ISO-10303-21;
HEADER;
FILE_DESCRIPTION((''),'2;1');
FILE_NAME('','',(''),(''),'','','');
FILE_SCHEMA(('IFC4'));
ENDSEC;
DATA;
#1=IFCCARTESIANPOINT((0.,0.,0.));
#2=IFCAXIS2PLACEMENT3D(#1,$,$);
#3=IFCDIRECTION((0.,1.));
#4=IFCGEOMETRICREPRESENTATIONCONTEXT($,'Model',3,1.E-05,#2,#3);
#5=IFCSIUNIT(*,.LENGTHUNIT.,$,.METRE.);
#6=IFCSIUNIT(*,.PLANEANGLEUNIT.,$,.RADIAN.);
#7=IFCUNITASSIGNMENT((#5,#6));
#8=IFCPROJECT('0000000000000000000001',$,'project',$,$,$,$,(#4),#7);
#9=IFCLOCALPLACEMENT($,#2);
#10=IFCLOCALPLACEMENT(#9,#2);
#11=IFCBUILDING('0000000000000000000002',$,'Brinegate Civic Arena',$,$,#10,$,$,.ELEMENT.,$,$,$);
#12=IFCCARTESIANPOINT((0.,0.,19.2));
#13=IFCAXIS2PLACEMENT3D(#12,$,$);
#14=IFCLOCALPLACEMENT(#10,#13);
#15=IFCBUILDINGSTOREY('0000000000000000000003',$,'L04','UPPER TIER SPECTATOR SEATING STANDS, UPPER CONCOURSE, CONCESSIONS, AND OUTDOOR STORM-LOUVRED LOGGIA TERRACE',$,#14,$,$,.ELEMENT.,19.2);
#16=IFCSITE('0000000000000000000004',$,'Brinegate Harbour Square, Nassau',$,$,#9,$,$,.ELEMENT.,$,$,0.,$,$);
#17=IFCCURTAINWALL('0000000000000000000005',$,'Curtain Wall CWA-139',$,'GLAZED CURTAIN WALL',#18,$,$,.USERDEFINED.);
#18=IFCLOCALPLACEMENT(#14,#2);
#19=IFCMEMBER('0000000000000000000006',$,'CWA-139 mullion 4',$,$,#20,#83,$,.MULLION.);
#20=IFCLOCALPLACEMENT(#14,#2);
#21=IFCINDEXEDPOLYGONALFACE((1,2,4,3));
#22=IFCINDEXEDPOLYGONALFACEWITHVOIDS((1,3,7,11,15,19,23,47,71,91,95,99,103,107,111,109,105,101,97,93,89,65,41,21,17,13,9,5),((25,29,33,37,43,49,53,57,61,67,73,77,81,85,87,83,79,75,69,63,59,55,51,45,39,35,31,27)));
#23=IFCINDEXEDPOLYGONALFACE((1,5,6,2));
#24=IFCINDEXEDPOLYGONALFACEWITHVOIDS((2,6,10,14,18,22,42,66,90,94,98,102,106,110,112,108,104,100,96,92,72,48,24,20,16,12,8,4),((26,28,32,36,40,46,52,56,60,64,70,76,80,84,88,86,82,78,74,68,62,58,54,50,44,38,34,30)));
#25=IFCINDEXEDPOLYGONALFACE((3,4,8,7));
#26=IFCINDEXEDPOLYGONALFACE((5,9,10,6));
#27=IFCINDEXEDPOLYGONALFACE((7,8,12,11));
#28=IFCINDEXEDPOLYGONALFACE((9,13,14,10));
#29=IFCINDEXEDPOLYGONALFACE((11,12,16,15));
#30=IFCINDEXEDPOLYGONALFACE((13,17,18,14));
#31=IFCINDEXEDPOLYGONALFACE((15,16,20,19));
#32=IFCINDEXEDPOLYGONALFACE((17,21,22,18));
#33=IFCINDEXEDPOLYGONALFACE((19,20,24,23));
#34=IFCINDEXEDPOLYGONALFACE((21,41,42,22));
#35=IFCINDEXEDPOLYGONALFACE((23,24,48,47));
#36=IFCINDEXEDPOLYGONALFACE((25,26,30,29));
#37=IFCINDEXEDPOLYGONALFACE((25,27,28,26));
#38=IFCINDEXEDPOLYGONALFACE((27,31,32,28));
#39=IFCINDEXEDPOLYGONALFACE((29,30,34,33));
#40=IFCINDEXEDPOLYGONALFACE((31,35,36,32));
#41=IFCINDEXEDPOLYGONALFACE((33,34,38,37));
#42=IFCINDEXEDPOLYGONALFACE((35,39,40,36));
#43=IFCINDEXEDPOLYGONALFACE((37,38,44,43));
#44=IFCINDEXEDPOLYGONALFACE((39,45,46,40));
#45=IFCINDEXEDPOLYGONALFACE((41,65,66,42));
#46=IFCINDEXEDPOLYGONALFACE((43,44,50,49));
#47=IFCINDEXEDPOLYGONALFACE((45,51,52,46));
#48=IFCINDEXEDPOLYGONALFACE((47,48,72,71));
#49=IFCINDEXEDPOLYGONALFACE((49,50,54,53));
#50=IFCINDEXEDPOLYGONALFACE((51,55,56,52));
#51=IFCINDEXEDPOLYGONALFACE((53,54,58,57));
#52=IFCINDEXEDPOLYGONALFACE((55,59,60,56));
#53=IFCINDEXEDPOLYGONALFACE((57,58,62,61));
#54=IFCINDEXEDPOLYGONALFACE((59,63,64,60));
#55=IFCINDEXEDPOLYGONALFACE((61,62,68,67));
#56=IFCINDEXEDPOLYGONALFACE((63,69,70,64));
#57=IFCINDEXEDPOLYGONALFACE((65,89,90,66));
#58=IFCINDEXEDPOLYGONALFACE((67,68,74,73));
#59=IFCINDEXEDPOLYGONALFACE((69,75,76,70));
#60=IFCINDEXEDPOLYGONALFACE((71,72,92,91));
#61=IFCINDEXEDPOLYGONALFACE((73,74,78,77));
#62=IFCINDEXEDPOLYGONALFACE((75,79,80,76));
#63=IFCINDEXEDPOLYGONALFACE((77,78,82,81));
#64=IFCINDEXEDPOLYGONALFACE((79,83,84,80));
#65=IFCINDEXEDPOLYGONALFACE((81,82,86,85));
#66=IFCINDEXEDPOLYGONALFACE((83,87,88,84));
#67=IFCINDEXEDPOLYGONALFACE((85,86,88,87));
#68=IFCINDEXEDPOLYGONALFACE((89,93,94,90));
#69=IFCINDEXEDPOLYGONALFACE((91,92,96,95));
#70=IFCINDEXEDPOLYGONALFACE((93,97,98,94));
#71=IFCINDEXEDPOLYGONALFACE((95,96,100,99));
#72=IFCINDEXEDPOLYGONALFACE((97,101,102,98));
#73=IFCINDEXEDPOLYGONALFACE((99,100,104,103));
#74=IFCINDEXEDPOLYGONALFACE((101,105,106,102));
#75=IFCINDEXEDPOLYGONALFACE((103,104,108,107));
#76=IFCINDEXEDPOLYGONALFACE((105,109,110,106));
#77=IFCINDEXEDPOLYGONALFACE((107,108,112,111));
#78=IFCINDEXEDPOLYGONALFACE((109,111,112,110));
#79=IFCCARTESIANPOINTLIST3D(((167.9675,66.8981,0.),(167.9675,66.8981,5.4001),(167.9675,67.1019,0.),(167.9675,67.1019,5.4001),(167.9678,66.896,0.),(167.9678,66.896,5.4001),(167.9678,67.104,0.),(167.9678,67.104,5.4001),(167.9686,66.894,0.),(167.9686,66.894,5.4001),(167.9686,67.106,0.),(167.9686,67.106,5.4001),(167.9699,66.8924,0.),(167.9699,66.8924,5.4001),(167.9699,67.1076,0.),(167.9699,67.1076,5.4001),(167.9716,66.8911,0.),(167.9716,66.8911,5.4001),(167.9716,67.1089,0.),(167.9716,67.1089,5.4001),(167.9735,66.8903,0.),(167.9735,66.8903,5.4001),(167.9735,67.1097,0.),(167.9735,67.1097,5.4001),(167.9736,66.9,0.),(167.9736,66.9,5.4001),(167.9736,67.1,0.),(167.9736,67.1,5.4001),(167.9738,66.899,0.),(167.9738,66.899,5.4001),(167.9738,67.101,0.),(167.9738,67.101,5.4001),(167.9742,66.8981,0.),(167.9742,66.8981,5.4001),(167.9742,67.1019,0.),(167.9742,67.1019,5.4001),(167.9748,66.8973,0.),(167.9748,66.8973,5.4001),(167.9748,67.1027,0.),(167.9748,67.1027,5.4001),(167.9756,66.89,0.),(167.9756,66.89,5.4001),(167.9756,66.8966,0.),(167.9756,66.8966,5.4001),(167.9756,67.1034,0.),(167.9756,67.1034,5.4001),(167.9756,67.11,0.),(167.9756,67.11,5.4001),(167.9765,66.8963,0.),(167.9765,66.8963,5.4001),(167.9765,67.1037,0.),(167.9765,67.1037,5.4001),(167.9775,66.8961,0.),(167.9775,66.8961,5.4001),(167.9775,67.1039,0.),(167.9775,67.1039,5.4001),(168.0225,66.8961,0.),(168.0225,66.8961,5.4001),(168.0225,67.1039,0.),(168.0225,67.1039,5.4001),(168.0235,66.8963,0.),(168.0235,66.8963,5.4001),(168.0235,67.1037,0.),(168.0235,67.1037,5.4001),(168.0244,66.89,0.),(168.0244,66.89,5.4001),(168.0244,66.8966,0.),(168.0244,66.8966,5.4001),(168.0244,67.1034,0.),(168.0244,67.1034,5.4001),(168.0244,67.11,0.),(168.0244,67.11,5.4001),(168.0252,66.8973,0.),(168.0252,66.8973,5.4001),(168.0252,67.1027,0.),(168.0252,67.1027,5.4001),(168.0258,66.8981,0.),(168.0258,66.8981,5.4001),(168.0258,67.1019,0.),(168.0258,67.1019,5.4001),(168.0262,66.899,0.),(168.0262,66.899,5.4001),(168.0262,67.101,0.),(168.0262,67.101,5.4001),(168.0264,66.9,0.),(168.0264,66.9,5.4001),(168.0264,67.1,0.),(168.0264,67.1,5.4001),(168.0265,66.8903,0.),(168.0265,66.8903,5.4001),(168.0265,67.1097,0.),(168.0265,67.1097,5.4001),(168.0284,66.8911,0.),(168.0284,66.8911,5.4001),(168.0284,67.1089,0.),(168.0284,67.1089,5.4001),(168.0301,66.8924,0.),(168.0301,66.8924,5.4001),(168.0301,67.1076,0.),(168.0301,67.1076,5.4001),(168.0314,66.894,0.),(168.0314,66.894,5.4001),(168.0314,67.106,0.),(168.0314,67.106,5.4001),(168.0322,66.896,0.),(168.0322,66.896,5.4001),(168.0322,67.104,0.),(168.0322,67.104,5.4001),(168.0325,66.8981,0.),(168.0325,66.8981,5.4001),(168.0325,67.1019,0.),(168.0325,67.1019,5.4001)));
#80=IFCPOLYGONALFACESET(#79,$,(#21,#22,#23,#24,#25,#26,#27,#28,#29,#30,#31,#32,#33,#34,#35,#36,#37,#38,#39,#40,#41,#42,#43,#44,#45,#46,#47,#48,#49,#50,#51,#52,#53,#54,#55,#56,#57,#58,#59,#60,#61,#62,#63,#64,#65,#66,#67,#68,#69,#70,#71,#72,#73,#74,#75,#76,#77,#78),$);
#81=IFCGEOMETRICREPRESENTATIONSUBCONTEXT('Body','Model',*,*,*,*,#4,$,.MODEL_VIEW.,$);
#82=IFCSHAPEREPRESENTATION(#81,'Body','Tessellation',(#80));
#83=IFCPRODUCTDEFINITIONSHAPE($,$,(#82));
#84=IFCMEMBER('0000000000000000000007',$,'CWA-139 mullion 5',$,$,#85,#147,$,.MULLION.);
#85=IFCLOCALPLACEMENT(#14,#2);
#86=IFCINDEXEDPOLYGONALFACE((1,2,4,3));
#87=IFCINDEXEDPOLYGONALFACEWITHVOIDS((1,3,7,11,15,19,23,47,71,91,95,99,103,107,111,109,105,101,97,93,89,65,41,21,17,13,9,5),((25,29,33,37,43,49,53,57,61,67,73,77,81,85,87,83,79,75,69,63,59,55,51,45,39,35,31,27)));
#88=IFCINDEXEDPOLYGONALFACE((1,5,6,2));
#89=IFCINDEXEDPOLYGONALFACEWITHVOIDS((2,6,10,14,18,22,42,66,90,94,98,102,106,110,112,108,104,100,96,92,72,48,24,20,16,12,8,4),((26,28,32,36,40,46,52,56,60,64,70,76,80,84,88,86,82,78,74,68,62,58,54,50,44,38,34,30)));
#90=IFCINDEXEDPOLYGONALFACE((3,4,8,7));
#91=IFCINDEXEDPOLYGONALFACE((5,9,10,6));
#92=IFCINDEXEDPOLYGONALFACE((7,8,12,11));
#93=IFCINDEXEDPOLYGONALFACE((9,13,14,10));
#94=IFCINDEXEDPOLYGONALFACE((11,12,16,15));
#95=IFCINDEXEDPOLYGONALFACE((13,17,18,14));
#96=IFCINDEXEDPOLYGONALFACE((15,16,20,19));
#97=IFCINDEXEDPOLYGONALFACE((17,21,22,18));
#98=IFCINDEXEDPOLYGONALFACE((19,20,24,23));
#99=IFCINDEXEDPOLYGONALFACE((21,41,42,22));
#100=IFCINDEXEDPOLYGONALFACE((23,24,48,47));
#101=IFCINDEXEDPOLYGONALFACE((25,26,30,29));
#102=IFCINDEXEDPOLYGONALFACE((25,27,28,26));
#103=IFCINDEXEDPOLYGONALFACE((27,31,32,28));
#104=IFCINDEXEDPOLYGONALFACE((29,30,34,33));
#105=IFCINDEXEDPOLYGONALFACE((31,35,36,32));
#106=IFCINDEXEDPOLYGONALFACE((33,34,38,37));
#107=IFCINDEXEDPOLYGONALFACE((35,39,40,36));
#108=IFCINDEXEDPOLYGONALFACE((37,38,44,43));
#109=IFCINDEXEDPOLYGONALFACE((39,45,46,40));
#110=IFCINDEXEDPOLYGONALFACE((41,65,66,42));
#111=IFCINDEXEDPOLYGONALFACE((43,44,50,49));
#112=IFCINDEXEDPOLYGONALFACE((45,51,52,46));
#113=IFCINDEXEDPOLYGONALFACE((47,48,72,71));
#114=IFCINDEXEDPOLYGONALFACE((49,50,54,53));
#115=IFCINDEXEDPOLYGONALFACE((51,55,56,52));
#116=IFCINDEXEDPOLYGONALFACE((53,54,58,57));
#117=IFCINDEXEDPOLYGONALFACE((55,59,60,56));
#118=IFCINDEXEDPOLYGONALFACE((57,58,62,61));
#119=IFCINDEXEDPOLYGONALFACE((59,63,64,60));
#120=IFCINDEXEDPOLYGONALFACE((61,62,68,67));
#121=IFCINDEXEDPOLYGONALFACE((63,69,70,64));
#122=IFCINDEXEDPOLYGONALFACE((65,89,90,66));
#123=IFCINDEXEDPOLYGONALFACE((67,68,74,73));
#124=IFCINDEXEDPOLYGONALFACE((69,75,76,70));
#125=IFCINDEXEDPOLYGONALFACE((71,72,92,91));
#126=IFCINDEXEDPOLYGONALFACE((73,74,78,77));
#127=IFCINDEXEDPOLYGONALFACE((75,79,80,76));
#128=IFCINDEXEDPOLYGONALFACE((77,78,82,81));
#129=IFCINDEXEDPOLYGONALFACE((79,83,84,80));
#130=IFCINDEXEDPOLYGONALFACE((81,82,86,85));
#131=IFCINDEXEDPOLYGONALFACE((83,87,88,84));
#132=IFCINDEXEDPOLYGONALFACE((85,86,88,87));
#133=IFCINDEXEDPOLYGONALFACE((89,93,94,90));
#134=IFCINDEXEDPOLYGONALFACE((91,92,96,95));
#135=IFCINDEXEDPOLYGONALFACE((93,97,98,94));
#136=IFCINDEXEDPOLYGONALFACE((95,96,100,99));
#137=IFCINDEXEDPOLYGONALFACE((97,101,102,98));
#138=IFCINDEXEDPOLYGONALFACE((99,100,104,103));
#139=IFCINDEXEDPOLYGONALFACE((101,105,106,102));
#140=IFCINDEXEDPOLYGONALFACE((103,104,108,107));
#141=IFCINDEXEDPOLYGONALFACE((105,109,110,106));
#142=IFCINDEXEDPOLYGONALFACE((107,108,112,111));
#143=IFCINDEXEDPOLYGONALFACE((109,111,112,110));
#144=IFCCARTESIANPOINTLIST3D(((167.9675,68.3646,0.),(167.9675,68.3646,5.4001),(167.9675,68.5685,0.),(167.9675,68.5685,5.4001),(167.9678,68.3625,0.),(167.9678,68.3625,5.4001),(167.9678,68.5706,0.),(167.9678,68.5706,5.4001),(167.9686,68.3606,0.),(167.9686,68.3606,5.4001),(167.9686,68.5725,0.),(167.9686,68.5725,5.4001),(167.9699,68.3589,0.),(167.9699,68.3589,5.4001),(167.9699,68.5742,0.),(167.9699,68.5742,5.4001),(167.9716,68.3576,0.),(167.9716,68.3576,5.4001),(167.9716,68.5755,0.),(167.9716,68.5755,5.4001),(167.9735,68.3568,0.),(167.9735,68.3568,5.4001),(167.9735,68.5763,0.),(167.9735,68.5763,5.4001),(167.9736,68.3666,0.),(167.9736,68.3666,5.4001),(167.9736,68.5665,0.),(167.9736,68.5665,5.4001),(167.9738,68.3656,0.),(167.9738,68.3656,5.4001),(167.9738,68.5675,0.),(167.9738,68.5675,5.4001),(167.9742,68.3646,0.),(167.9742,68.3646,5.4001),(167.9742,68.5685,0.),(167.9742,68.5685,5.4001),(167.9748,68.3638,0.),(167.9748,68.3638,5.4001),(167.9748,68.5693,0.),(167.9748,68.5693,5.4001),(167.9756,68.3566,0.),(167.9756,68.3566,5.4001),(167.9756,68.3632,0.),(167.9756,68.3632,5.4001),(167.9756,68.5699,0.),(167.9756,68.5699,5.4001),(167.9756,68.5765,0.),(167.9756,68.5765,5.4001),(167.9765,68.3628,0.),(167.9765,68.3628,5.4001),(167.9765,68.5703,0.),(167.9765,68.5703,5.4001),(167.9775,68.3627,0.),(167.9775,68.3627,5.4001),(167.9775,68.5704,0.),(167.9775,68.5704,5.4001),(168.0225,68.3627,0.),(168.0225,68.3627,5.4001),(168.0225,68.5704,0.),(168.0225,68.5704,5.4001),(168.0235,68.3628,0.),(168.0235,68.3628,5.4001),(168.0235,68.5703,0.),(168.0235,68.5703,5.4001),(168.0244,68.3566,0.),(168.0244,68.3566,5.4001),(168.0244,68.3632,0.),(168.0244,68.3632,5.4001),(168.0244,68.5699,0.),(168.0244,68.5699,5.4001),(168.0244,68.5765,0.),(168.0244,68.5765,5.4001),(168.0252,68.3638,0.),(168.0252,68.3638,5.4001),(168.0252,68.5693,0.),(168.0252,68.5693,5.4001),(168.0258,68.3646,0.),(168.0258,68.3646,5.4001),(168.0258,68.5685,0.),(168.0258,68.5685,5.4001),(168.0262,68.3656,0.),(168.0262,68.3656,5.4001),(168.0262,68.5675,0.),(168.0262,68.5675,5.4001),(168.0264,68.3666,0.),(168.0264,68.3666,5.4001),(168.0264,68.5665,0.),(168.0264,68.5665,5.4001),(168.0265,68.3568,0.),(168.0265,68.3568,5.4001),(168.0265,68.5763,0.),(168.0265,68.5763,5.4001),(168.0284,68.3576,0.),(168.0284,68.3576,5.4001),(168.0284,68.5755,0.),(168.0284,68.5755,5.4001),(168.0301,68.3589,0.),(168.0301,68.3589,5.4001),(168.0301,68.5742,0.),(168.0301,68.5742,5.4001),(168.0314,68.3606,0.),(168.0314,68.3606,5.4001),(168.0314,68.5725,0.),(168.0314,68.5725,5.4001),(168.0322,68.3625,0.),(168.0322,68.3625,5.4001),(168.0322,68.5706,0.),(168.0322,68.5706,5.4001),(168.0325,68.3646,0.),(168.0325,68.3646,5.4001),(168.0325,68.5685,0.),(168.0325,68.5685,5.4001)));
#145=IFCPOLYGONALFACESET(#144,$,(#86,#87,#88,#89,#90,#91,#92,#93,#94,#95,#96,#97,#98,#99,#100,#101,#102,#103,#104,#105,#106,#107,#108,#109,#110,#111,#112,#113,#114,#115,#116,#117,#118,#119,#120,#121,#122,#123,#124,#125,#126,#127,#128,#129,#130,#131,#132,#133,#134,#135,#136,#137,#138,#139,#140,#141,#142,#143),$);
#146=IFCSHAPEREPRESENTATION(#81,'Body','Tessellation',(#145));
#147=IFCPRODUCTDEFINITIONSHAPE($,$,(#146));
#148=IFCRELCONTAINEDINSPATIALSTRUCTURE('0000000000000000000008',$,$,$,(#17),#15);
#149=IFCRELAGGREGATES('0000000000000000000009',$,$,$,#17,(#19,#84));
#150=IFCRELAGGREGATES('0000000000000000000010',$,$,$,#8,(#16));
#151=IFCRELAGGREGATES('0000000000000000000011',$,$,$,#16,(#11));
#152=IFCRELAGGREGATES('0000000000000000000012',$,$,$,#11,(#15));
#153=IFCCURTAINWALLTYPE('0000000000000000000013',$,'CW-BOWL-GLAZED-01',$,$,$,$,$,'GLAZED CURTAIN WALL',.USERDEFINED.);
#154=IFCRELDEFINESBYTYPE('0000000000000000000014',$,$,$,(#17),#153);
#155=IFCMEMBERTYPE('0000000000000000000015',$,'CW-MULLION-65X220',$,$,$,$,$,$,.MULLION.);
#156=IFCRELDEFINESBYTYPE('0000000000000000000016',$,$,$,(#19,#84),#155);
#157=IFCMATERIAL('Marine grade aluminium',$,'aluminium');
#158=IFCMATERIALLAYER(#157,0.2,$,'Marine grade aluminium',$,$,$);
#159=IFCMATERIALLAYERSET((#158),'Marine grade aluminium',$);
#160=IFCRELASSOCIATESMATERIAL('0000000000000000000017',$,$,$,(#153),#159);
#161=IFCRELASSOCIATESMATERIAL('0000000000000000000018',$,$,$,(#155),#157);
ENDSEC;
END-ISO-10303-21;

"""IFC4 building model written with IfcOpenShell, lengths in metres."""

from ifc_helpers import new_model, si_unit, direction, frame, origin, origin_2d, place, context, subcontext, project, spatial, hollow_rectangle, extrude, material, layer, layer_set, material_profile, profile_set, type_object, element, aggregate, save


model = new_model("IFC4")

# Units and contexts
model_context = context("Model", 3, precision=1e-05, world=origin(), true_north=direction((0.0, 1.0)))
body_context = subcontext(model_context, "Body", "Model", "MODEL_VIEW")
ifc_project = project(units=[si_unit("LENGTHUNIT", "METRE"), si_unit("PLANEANGLEUNIT", "RADIAN")], contexts=[model_context])

# Site, building, storey
site_placement = place(None, origin())
site = spatial("IfcSite", under=ifc_project, at=site_placement, Name="Brinegate Harbour Square, Nassau", CompositionType="ELEMENT", RefElevation=0.0)
building_placement = place(site_placement, origin())
building = spatial("IfcBuilding", under=site, at=building_placement, Name="Brinegate Civic Arena", CompositionType="ELEMENT")
storey_placement = place(building_placement, frame((0.0, 0.0, 19.2)))
storey = spatial("IfcBuildingStorey", under=building, at=storey_placement, Name="L04", Description="UPPER TIER SPECTATOR SEATING STANDS, UPPER CONCOURSE, CONCESSIONS, AND OUTDOOR STORM-LOUVRED LOGGIA TERRACE", CompositionType="ELEMENT", Elevation=19.2)

# Curtain wall, members
ifc_material_1 = material(Name="Marine grade aluminium", Category="aluminium")
ifc_layer_1 = layer(ifc_material_1, 0.2, Name="Marine grade aluminium")
ifc_layer_set_1 = layer_set([ifc_layer_1], Name="Marine grade aluminium")
curtain_wall_type = type_object("IfcCurtainWallType", Name="CW-BOWL-GLAZED-01", ElementType="GLAZED CURTAIN WALL", PredefinedType="USERDEFINED", material=ifc_layer_set_1)
curtain_wall_placement = place(storey_placement, origin())
curtain_wall = element("IfcCurtainWall", 1, at=curtain_wall_placement, inside=storey, type_object=curtain_wall_type, Name="Curtain Wall CWA-139", ObjectType="GLAZED CURTAIN WALL", PredefinedType="USERDEFINED")
ifc_material_profile_1 = material_profile(ifc_material_1, hollow_rectangle(XDim=0.0649, YDim=0.22, WallThickness=0.0061, InnerFilletRadius=0.0039, OuterFilletRadius=0.0081, at=origin_2d()), Name="MUL65X220")
ifc_profile_set_1 = profile_set([ifc_material_profile_1], Name="Marine grade aluminium")
member_type_1 = type_object("IfcMemberType", Name="CW-MULLION-65X220", PredefinedType="MULLION", material=ifc_profile_set_1)
member_1_placement = place(storey_placement, frame((168.0, 67.0, 0.0), z_axis=(0.0, 0.0, 1.0), x_axis=(-1.0, 0.0, 0.0)))
member_1 = element("IfcMember", 2, at=member_1_placement, type_object=member_type_1, Name="CWA-139 mullion 4", PredefinedType="MULLION", context=body_context, shape_type="SweptSolid", body=[
    extrude(hollow_rectangle(XDim=0.0649, YDim=0.22, WallThickness=0.0061, InnerFilletRadius=0.0039, OuterFilletRadius=0.0081, at=origin_2d()), origin(), (0.0, 0.0, 1.0), 5.4001),
])
member_2_placement = place(storey_placement, frame((168.0, 68.4666, 0.0), z_axis=(0.0, 0.0, 1.0), x_axis=(-1.0, 0.0, 0.0)))
member_2 = element("IfcMember", 3, at=member_2_placement, type_object=member_type_1, Name="CWA-139 mullion 5", PredefinedType="MULLION", context=body_context, shape_type="SweptSolid", body=[
    extrude(hollow_rectangle(XDim=0.0649, YDim=0.22, WallThickness=0.0061, InnerFilletRadius=0.0039, OuterFilletRadius=0.0081, at=origin_2d()), origin(), (0.0, 0.0, 1.0), 5.4001),
])
aggregate(curtain_wall, [member_1, member_2])

save(model, "model.ifc")
